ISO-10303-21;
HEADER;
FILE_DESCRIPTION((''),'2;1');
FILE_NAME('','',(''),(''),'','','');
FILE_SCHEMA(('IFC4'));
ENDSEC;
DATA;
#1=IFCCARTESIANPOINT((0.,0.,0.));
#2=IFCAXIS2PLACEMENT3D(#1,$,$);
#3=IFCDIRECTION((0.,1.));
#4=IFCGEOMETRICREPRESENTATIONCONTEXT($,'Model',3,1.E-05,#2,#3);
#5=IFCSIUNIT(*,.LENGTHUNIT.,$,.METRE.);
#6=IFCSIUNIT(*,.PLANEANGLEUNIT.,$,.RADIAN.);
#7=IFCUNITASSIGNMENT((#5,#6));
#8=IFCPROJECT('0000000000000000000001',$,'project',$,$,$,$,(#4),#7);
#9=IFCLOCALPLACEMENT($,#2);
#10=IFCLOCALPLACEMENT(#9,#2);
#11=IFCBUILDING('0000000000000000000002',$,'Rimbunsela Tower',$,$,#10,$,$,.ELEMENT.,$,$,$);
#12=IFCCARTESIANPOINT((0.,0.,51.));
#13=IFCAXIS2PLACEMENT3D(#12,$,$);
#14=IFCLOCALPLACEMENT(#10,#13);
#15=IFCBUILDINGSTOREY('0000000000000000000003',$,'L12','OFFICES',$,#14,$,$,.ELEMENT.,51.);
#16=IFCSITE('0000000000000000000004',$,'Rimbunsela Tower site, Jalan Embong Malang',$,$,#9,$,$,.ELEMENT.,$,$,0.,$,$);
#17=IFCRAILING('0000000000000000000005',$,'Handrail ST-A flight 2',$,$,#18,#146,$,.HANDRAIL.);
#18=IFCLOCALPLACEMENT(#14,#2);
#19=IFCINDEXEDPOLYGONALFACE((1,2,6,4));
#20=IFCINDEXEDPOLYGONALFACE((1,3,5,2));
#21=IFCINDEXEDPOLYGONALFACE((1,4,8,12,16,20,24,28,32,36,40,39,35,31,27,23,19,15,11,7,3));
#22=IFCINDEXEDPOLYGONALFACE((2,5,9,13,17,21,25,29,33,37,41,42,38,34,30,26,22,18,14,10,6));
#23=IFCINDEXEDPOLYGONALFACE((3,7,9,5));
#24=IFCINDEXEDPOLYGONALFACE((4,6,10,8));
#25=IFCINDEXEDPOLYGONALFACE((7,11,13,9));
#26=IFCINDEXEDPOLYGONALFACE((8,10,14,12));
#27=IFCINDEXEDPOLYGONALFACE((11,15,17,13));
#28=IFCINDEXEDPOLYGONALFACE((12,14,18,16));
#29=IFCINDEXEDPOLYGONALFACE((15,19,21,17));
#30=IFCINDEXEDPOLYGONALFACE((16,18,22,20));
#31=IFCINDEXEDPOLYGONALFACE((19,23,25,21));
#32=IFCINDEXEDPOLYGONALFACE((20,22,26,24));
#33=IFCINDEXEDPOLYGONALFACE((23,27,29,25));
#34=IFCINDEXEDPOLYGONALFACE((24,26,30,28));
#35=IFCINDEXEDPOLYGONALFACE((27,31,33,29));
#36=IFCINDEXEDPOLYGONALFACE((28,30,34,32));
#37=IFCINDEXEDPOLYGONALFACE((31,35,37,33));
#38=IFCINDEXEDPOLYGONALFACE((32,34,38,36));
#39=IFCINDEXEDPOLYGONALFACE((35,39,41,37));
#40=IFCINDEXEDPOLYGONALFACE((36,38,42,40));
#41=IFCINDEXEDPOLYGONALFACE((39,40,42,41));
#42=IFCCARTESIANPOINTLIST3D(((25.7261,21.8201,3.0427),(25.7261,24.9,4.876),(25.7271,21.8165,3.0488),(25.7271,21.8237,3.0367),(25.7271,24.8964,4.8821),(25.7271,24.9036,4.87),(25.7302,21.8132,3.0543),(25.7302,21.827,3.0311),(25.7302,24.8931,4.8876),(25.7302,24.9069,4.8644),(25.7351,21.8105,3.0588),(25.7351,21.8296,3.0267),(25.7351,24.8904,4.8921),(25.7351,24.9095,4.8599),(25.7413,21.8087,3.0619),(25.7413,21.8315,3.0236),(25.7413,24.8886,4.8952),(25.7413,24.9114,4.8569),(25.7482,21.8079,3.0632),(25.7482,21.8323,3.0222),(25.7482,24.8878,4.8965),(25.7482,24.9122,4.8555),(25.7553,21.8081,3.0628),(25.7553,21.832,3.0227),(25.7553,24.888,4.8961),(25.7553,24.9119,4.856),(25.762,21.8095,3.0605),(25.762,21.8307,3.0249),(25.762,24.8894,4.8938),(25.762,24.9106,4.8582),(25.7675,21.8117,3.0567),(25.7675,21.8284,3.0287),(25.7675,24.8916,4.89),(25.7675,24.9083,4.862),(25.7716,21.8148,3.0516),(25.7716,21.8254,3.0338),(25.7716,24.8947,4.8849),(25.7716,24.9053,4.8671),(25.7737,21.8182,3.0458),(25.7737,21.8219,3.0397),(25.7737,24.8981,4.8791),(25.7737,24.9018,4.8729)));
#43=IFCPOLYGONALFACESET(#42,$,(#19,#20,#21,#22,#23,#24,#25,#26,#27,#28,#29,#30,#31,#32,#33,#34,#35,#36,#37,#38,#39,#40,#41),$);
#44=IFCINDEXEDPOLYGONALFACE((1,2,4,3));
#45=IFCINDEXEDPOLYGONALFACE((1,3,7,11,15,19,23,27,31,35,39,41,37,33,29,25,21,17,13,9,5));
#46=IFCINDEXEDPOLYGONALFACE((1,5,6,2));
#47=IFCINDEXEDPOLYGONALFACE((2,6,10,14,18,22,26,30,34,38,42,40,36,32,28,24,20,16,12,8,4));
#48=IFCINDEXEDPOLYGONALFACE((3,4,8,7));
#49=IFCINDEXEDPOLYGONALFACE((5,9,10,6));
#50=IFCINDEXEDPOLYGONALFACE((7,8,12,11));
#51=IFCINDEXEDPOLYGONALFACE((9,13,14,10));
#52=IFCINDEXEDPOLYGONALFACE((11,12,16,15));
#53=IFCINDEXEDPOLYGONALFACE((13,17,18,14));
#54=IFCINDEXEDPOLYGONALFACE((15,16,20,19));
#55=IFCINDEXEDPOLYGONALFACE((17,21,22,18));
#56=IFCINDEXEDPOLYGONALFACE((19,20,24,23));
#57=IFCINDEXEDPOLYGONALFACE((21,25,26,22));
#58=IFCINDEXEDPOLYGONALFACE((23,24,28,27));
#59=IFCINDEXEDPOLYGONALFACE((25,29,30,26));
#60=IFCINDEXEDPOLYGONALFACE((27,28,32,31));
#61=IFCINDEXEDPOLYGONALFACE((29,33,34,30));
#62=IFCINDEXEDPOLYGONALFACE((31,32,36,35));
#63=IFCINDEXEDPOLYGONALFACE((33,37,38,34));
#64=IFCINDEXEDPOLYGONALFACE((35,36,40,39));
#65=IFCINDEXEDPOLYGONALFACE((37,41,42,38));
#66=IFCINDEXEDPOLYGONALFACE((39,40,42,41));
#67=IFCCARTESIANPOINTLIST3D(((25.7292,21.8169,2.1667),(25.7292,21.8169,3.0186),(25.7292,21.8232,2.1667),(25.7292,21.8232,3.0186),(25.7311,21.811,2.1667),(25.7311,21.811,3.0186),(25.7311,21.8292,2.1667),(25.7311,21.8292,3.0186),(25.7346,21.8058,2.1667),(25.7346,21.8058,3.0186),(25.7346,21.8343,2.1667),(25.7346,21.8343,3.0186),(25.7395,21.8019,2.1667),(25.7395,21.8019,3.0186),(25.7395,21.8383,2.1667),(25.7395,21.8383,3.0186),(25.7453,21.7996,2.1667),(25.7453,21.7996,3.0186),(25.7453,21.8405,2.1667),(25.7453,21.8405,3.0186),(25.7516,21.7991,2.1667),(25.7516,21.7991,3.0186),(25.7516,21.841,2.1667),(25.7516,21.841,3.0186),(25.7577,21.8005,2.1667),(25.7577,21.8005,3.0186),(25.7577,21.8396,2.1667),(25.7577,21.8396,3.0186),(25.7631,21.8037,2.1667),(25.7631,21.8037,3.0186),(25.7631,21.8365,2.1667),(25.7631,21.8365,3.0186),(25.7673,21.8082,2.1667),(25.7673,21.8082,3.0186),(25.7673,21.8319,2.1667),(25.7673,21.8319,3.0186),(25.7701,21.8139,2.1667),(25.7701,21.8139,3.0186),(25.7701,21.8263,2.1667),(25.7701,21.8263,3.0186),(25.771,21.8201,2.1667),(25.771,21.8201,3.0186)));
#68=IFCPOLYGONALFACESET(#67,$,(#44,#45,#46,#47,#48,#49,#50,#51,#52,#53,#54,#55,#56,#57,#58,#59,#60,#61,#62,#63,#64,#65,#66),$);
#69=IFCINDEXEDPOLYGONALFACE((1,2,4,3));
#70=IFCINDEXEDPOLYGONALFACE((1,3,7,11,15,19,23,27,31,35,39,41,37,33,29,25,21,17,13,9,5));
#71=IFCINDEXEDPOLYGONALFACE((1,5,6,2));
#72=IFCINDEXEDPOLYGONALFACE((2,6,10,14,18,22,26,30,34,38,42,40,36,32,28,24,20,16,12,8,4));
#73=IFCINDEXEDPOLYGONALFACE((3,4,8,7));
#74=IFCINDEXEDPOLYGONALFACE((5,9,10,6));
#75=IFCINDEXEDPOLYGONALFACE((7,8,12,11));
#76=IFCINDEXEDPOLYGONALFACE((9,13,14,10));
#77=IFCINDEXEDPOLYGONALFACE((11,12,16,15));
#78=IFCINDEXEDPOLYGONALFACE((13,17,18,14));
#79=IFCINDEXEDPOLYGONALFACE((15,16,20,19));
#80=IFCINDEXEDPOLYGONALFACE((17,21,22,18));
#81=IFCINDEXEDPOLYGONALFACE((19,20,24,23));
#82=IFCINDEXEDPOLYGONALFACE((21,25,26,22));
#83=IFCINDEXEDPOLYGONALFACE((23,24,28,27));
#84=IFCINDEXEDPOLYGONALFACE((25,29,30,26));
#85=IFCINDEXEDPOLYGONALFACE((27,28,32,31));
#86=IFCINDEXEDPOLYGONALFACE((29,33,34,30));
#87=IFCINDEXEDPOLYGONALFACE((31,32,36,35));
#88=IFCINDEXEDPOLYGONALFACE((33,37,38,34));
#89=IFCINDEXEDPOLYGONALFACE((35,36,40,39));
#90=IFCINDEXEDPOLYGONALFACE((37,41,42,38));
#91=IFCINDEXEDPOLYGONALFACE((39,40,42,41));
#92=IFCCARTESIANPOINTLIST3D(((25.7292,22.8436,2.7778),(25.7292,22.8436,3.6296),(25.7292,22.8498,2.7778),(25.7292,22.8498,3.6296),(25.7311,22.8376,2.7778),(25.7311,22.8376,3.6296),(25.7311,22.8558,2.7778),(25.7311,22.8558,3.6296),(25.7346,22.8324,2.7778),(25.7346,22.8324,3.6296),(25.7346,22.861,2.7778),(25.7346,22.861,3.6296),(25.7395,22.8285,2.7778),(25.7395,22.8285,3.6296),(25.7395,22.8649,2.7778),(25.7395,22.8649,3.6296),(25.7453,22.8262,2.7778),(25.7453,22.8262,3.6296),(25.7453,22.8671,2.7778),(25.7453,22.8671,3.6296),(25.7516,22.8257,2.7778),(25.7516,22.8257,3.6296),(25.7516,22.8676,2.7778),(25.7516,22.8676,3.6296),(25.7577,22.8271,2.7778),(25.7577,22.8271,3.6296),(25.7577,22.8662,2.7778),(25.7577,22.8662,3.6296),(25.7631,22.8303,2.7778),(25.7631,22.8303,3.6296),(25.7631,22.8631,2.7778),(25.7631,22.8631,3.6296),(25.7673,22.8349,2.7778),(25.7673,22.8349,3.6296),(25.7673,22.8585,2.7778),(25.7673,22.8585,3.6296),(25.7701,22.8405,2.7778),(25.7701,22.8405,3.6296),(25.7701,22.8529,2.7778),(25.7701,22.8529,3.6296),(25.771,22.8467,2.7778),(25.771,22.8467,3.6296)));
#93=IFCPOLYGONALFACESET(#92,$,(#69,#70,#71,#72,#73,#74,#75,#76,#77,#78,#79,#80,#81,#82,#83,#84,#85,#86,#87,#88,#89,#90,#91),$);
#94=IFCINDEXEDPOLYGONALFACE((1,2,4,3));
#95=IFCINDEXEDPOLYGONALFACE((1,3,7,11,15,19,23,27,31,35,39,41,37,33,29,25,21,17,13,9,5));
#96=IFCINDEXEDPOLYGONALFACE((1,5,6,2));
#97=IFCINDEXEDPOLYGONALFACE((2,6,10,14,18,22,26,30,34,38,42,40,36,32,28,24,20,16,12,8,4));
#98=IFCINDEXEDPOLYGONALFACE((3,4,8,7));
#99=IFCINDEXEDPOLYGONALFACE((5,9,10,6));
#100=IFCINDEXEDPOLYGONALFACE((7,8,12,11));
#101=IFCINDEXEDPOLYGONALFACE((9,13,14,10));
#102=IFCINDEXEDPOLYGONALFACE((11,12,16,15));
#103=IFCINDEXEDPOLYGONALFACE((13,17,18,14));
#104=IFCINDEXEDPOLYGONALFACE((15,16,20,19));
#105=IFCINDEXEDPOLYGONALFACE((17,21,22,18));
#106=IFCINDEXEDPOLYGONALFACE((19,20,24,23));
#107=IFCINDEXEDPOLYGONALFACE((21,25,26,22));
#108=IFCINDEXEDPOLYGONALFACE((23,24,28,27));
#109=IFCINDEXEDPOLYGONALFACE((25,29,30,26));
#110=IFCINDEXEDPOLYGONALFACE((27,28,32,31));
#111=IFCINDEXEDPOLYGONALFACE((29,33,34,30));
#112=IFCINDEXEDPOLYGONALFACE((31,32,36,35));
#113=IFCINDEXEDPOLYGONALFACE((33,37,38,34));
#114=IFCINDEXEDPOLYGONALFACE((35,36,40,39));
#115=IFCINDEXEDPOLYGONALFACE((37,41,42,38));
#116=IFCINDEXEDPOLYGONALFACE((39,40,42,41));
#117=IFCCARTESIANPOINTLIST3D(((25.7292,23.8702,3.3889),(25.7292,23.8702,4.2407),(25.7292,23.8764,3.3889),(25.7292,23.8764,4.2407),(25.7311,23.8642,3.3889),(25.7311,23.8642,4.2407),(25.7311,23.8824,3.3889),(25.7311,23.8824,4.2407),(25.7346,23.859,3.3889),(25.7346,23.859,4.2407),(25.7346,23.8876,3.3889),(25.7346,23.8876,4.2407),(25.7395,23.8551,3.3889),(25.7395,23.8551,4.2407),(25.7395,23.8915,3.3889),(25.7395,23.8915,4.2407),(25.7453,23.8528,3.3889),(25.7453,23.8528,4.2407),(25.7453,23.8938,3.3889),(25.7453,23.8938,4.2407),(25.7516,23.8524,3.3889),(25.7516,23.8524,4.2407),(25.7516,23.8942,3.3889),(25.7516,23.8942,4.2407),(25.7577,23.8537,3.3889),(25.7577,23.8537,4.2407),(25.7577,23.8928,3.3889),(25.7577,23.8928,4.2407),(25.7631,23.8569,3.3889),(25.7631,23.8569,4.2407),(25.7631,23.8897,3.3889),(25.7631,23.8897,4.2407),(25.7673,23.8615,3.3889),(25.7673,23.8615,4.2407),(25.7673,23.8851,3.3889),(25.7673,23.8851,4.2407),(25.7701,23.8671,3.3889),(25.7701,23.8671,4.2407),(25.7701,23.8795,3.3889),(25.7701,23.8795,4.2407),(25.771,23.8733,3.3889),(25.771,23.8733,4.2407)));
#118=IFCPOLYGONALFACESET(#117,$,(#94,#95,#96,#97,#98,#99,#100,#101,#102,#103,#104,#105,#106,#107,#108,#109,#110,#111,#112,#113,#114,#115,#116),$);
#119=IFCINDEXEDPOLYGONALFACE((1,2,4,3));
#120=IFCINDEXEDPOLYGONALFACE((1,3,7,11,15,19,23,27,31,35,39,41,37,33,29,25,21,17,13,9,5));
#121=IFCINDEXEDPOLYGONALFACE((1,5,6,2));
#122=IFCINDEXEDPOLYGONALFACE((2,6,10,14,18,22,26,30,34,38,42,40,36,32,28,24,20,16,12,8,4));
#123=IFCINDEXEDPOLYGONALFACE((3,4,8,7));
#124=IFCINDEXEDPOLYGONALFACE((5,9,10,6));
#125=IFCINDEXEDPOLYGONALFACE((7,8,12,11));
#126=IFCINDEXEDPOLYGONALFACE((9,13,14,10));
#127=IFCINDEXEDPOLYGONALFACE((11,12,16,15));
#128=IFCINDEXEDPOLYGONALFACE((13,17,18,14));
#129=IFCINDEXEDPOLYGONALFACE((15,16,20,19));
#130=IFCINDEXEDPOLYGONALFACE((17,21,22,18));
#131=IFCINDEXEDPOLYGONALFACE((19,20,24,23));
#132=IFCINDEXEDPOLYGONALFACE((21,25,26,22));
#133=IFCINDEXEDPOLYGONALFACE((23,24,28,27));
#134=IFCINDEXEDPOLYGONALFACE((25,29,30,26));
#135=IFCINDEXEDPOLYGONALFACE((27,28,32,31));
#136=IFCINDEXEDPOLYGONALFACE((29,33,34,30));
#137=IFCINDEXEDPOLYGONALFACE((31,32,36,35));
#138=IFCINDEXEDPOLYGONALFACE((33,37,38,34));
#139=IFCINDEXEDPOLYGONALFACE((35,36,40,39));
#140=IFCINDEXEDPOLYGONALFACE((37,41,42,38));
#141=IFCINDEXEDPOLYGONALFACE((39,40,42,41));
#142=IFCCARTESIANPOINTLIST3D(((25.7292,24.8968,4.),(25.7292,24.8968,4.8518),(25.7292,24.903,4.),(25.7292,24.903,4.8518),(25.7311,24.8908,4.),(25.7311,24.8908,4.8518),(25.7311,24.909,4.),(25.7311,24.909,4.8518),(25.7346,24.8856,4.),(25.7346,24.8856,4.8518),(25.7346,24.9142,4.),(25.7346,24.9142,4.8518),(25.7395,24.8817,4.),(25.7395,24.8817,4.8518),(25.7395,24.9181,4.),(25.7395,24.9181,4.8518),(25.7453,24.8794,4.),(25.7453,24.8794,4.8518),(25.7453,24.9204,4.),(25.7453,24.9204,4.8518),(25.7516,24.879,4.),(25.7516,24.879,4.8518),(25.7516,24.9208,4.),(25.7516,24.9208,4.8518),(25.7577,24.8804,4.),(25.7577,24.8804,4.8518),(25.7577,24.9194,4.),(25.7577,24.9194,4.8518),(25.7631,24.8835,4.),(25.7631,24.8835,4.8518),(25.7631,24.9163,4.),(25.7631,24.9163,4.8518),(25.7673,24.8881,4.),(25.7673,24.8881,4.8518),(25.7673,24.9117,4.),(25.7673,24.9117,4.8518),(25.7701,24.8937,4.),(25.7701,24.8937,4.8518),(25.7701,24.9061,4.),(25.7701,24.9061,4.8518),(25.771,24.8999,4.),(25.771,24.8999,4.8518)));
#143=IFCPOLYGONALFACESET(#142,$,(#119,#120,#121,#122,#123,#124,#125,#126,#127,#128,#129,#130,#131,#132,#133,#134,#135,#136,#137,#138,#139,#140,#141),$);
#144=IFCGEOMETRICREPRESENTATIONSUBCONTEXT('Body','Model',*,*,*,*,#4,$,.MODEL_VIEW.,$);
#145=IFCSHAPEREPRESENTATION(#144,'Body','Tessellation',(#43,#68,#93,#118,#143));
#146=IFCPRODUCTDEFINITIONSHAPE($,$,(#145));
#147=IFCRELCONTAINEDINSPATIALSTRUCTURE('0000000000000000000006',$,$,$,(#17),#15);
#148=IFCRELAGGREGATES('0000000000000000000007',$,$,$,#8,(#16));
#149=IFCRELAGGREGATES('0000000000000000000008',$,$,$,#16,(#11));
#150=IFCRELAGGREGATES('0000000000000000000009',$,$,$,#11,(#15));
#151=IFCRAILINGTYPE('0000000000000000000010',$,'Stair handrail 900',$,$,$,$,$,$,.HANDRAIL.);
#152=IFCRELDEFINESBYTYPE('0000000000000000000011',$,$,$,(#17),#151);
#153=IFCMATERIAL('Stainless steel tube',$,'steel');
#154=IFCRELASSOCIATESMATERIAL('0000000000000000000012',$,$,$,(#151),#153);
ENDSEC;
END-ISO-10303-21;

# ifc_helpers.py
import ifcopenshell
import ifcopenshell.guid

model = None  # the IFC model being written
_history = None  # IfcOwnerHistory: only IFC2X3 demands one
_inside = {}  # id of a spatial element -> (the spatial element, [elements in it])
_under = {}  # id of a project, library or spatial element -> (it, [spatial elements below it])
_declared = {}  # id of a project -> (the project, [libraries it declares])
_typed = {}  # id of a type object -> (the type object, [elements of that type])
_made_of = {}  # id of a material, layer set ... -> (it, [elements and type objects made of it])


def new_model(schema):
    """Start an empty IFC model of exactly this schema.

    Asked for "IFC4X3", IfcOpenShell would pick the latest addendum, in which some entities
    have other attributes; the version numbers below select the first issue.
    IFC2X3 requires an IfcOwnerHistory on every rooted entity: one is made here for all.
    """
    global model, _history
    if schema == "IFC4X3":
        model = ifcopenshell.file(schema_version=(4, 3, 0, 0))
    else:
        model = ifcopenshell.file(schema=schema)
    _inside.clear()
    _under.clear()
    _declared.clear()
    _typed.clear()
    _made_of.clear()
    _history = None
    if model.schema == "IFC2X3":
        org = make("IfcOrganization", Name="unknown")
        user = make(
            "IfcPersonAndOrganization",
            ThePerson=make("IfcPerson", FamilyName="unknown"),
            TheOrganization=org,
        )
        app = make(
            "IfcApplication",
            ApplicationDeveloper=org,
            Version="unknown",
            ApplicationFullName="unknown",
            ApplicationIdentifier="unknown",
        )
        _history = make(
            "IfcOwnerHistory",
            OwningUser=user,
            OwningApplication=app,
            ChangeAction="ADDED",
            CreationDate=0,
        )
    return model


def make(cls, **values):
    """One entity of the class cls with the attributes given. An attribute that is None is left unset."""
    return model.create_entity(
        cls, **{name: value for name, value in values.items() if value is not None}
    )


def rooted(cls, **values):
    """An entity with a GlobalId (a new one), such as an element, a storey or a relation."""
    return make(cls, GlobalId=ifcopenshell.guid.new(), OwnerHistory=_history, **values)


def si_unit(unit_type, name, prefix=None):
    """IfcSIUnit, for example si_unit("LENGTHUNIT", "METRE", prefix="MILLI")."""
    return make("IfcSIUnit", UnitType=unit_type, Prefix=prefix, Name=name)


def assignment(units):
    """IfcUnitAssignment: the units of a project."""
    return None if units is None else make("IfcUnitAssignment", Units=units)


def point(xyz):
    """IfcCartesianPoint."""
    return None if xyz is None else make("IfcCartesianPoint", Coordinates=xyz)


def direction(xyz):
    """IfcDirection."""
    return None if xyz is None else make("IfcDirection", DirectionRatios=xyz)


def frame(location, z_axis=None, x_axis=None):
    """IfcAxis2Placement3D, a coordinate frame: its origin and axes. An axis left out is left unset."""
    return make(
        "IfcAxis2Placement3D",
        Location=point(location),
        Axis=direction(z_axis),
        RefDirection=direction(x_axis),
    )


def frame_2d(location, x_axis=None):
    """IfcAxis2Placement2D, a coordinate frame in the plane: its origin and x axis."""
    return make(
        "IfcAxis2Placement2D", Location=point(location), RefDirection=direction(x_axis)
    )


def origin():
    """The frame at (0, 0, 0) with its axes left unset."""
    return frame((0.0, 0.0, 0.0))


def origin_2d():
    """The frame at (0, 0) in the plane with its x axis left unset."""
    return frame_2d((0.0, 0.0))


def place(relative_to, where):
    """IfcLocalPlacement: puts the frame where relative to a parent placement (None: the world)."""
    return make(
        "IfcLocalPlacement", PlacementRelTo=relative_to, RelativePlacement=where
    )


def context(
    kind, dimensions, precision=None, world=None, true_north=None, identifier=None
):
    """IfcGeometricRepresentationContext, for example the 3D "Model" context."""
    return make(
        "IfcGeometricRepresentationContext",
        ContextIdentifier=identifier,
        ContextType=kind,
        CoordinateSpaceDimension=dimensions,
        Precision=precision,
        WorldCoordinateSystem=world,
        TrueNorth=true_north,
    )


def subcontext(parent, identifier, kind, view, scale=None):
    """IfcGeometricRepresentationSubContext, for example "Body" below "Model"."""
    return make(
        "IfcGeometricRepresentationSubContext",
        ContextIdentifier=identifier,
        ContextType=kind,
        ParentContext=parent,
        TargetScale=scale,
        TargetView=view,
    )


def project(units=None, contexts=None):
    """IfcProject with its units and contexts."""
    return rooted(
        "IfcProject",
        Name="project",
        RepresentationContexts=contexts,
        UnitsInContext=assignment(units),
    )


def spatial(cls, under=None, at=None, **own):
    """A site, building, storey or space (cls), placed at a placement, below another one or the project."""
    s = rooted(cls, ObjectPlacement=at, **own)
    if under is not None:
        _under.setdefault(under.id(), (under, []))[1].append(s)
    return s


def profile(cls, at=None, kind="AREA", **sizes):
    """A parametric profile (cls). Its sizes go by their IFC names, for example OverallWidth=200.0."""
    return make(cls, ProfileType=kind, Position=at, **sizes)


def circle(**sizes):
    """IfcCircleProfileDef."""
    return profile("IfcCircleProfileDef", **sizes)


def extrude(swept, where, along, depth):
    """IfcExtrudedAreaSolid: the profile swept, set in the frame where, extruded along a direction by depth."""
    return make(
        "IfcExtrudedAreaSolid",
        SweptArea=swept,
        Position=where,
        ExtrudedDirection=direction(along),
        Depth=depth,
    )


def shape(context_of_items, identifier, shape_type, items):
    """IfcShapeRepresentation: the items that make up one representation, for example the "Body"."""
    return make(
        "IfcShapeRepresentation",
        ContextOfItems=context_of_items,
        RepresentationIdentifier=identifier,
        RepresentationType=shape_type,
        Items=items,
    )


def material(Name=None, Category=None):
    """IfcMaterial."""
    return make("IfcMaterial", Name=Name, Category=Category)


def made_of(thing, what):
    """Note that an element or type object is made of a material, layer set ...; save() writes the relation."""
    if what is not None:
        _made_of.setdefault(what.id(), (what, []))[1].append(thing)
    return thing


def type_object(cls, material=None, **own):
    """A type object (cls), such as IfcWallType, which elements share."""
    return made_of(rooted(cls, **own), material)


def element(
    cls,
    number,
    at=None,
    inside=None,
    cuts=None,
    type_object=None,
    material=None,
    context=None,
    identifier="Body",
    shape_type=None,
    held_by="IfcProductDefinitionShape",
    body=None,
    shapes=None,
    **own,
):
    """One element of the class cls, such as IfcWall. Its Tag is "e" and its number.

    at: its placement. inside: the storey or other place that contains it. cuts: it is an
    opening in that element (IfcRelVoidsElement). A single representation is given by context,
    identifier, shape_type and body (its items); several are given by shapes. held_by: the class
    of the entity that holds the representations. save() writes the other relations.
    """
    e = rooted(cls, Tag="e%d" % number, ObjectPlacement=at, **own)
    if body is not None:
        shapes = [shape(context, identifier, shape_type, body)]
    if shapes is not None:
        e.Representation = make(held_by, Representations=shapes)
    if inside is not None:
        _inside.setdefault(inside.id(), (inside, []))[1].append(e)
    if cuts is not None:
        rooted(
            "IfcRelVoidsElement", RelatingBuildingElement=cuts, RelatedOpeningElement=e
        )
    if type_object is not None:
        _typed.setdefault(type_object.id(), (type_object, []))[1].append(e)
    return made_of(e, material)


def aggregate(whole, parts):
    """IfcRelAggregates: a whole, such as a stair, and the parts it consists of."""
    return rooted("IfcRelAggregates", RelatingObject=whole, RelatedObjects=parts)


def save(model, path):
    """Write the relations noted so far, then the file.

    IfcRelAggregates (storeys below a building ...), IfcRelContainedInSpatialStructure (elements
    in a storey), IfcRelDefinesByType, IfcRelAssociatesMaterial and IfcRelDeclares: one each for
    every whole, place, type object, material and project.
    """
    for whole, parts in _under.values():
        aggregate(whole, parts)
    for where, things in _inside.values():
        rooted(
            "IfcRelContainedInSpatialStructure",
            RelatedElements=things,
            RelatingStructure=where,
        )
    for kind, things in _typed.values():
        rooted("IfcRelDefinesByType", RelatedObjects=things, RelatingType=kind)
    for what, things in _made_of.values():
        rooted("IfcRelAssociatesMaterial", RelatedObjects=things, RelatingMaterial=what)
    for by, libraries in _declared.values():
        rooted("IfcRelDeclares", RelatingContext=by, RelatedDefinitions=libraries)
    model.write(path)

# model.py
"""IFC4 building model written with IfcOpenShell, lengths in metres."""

from ifc_helpers import new_model, si_unit, direction, frame, origin, origin_2d, place, context, subcontext, project, spatial, circle, extrude, material, type_object, element, save


model = new_model("IFC4")

# Units and contexts
model_context = context("Model", 3, precision=1e-05, world=origin(), true_north=direction((0.0, 1.0)))
body_context = subcontext(model_context, "Body", "Model", "MODEL_VIEW")
ifc_project = project(units=[si_unit("LENGTHUNIT", "METRE"), si_unit("PLANEANGLEUNIT", "RADIAN")], contexts=[model_context])

# Site, building, storey
site_placement = place(None, origin())
site = spatial("IfcSite", under=ifc_project, at=site_placement, Name="Rimbunsela Tower site, Jalan Embong Malang", CompositionType="ELEMENT", RefElevation=0.0)
building_placement = place(site_placement, origin())
building = spatial("IfcBuilding", under=site, at=building_placement, Name="Rimbunsela Tower", CompositionType="ELEMENT")
storey_placement = place(building_placement, frame((0.0, 0.0, 51.0)))
storey = spatial("IfcBuildingStorey", under=building, at=storey_placement, Name="L12", Description="OFFICES", CompositionType="ELEMENT", Elevation=51.0)

# Railing
ifc_material_1 = material(Name="Stainless steel tube", Category="steel")
railing_type = type_object("IfcRailingType", Name="Stair handrail 900", PredefinedType="HANDRAIL", material=ifc_material_1)
for number, where, name in (
    (1, (25.75, 21.8201, 2.1667), "Handrail ST-A flight 2"),
):
    element("IfcRailing", number, at=place(storey_placement, frame(where)), inside=storey, type_object=railing_type, Name=name, PredefinedType="HANDRAIL", context=body_context, shape_type="SweptSolid", body=[
        extrude(circle(Radius=0.0239, at=origin_2d()), frame((0.0, 0.0, 0.876), z_axis=(0.0, 0.859291, 0.511487), x_axis=(-1.0, 0.0, 0.0)), (0.0, 0.0, 1.0), 3.5842),
        extrude(circle(Radius=0.021, at=origin_2d()), origin(), (0.0, 0.0, 1.0), 0.8518),
        extrude(circle(Radius=0.021, at=origin_2d()), frame((0.0, 1.0266, 0.6111)), (0.0, 0.0, 1.0), 0.8518),
        extrude(circle(Radius=0.021, at=origin_2d()), frame((0.0, 2.0532, 1.2222)), (0.0, 0.0, 1.0), 0.8518),
        extrude(circle(Radius=0.021, at=origin_2d()), frame((0.0, 3.0798, 1.8333)), (0.0, 0.0, 1.0), 0.8518),
    ])

save(model, "model.ifc")
